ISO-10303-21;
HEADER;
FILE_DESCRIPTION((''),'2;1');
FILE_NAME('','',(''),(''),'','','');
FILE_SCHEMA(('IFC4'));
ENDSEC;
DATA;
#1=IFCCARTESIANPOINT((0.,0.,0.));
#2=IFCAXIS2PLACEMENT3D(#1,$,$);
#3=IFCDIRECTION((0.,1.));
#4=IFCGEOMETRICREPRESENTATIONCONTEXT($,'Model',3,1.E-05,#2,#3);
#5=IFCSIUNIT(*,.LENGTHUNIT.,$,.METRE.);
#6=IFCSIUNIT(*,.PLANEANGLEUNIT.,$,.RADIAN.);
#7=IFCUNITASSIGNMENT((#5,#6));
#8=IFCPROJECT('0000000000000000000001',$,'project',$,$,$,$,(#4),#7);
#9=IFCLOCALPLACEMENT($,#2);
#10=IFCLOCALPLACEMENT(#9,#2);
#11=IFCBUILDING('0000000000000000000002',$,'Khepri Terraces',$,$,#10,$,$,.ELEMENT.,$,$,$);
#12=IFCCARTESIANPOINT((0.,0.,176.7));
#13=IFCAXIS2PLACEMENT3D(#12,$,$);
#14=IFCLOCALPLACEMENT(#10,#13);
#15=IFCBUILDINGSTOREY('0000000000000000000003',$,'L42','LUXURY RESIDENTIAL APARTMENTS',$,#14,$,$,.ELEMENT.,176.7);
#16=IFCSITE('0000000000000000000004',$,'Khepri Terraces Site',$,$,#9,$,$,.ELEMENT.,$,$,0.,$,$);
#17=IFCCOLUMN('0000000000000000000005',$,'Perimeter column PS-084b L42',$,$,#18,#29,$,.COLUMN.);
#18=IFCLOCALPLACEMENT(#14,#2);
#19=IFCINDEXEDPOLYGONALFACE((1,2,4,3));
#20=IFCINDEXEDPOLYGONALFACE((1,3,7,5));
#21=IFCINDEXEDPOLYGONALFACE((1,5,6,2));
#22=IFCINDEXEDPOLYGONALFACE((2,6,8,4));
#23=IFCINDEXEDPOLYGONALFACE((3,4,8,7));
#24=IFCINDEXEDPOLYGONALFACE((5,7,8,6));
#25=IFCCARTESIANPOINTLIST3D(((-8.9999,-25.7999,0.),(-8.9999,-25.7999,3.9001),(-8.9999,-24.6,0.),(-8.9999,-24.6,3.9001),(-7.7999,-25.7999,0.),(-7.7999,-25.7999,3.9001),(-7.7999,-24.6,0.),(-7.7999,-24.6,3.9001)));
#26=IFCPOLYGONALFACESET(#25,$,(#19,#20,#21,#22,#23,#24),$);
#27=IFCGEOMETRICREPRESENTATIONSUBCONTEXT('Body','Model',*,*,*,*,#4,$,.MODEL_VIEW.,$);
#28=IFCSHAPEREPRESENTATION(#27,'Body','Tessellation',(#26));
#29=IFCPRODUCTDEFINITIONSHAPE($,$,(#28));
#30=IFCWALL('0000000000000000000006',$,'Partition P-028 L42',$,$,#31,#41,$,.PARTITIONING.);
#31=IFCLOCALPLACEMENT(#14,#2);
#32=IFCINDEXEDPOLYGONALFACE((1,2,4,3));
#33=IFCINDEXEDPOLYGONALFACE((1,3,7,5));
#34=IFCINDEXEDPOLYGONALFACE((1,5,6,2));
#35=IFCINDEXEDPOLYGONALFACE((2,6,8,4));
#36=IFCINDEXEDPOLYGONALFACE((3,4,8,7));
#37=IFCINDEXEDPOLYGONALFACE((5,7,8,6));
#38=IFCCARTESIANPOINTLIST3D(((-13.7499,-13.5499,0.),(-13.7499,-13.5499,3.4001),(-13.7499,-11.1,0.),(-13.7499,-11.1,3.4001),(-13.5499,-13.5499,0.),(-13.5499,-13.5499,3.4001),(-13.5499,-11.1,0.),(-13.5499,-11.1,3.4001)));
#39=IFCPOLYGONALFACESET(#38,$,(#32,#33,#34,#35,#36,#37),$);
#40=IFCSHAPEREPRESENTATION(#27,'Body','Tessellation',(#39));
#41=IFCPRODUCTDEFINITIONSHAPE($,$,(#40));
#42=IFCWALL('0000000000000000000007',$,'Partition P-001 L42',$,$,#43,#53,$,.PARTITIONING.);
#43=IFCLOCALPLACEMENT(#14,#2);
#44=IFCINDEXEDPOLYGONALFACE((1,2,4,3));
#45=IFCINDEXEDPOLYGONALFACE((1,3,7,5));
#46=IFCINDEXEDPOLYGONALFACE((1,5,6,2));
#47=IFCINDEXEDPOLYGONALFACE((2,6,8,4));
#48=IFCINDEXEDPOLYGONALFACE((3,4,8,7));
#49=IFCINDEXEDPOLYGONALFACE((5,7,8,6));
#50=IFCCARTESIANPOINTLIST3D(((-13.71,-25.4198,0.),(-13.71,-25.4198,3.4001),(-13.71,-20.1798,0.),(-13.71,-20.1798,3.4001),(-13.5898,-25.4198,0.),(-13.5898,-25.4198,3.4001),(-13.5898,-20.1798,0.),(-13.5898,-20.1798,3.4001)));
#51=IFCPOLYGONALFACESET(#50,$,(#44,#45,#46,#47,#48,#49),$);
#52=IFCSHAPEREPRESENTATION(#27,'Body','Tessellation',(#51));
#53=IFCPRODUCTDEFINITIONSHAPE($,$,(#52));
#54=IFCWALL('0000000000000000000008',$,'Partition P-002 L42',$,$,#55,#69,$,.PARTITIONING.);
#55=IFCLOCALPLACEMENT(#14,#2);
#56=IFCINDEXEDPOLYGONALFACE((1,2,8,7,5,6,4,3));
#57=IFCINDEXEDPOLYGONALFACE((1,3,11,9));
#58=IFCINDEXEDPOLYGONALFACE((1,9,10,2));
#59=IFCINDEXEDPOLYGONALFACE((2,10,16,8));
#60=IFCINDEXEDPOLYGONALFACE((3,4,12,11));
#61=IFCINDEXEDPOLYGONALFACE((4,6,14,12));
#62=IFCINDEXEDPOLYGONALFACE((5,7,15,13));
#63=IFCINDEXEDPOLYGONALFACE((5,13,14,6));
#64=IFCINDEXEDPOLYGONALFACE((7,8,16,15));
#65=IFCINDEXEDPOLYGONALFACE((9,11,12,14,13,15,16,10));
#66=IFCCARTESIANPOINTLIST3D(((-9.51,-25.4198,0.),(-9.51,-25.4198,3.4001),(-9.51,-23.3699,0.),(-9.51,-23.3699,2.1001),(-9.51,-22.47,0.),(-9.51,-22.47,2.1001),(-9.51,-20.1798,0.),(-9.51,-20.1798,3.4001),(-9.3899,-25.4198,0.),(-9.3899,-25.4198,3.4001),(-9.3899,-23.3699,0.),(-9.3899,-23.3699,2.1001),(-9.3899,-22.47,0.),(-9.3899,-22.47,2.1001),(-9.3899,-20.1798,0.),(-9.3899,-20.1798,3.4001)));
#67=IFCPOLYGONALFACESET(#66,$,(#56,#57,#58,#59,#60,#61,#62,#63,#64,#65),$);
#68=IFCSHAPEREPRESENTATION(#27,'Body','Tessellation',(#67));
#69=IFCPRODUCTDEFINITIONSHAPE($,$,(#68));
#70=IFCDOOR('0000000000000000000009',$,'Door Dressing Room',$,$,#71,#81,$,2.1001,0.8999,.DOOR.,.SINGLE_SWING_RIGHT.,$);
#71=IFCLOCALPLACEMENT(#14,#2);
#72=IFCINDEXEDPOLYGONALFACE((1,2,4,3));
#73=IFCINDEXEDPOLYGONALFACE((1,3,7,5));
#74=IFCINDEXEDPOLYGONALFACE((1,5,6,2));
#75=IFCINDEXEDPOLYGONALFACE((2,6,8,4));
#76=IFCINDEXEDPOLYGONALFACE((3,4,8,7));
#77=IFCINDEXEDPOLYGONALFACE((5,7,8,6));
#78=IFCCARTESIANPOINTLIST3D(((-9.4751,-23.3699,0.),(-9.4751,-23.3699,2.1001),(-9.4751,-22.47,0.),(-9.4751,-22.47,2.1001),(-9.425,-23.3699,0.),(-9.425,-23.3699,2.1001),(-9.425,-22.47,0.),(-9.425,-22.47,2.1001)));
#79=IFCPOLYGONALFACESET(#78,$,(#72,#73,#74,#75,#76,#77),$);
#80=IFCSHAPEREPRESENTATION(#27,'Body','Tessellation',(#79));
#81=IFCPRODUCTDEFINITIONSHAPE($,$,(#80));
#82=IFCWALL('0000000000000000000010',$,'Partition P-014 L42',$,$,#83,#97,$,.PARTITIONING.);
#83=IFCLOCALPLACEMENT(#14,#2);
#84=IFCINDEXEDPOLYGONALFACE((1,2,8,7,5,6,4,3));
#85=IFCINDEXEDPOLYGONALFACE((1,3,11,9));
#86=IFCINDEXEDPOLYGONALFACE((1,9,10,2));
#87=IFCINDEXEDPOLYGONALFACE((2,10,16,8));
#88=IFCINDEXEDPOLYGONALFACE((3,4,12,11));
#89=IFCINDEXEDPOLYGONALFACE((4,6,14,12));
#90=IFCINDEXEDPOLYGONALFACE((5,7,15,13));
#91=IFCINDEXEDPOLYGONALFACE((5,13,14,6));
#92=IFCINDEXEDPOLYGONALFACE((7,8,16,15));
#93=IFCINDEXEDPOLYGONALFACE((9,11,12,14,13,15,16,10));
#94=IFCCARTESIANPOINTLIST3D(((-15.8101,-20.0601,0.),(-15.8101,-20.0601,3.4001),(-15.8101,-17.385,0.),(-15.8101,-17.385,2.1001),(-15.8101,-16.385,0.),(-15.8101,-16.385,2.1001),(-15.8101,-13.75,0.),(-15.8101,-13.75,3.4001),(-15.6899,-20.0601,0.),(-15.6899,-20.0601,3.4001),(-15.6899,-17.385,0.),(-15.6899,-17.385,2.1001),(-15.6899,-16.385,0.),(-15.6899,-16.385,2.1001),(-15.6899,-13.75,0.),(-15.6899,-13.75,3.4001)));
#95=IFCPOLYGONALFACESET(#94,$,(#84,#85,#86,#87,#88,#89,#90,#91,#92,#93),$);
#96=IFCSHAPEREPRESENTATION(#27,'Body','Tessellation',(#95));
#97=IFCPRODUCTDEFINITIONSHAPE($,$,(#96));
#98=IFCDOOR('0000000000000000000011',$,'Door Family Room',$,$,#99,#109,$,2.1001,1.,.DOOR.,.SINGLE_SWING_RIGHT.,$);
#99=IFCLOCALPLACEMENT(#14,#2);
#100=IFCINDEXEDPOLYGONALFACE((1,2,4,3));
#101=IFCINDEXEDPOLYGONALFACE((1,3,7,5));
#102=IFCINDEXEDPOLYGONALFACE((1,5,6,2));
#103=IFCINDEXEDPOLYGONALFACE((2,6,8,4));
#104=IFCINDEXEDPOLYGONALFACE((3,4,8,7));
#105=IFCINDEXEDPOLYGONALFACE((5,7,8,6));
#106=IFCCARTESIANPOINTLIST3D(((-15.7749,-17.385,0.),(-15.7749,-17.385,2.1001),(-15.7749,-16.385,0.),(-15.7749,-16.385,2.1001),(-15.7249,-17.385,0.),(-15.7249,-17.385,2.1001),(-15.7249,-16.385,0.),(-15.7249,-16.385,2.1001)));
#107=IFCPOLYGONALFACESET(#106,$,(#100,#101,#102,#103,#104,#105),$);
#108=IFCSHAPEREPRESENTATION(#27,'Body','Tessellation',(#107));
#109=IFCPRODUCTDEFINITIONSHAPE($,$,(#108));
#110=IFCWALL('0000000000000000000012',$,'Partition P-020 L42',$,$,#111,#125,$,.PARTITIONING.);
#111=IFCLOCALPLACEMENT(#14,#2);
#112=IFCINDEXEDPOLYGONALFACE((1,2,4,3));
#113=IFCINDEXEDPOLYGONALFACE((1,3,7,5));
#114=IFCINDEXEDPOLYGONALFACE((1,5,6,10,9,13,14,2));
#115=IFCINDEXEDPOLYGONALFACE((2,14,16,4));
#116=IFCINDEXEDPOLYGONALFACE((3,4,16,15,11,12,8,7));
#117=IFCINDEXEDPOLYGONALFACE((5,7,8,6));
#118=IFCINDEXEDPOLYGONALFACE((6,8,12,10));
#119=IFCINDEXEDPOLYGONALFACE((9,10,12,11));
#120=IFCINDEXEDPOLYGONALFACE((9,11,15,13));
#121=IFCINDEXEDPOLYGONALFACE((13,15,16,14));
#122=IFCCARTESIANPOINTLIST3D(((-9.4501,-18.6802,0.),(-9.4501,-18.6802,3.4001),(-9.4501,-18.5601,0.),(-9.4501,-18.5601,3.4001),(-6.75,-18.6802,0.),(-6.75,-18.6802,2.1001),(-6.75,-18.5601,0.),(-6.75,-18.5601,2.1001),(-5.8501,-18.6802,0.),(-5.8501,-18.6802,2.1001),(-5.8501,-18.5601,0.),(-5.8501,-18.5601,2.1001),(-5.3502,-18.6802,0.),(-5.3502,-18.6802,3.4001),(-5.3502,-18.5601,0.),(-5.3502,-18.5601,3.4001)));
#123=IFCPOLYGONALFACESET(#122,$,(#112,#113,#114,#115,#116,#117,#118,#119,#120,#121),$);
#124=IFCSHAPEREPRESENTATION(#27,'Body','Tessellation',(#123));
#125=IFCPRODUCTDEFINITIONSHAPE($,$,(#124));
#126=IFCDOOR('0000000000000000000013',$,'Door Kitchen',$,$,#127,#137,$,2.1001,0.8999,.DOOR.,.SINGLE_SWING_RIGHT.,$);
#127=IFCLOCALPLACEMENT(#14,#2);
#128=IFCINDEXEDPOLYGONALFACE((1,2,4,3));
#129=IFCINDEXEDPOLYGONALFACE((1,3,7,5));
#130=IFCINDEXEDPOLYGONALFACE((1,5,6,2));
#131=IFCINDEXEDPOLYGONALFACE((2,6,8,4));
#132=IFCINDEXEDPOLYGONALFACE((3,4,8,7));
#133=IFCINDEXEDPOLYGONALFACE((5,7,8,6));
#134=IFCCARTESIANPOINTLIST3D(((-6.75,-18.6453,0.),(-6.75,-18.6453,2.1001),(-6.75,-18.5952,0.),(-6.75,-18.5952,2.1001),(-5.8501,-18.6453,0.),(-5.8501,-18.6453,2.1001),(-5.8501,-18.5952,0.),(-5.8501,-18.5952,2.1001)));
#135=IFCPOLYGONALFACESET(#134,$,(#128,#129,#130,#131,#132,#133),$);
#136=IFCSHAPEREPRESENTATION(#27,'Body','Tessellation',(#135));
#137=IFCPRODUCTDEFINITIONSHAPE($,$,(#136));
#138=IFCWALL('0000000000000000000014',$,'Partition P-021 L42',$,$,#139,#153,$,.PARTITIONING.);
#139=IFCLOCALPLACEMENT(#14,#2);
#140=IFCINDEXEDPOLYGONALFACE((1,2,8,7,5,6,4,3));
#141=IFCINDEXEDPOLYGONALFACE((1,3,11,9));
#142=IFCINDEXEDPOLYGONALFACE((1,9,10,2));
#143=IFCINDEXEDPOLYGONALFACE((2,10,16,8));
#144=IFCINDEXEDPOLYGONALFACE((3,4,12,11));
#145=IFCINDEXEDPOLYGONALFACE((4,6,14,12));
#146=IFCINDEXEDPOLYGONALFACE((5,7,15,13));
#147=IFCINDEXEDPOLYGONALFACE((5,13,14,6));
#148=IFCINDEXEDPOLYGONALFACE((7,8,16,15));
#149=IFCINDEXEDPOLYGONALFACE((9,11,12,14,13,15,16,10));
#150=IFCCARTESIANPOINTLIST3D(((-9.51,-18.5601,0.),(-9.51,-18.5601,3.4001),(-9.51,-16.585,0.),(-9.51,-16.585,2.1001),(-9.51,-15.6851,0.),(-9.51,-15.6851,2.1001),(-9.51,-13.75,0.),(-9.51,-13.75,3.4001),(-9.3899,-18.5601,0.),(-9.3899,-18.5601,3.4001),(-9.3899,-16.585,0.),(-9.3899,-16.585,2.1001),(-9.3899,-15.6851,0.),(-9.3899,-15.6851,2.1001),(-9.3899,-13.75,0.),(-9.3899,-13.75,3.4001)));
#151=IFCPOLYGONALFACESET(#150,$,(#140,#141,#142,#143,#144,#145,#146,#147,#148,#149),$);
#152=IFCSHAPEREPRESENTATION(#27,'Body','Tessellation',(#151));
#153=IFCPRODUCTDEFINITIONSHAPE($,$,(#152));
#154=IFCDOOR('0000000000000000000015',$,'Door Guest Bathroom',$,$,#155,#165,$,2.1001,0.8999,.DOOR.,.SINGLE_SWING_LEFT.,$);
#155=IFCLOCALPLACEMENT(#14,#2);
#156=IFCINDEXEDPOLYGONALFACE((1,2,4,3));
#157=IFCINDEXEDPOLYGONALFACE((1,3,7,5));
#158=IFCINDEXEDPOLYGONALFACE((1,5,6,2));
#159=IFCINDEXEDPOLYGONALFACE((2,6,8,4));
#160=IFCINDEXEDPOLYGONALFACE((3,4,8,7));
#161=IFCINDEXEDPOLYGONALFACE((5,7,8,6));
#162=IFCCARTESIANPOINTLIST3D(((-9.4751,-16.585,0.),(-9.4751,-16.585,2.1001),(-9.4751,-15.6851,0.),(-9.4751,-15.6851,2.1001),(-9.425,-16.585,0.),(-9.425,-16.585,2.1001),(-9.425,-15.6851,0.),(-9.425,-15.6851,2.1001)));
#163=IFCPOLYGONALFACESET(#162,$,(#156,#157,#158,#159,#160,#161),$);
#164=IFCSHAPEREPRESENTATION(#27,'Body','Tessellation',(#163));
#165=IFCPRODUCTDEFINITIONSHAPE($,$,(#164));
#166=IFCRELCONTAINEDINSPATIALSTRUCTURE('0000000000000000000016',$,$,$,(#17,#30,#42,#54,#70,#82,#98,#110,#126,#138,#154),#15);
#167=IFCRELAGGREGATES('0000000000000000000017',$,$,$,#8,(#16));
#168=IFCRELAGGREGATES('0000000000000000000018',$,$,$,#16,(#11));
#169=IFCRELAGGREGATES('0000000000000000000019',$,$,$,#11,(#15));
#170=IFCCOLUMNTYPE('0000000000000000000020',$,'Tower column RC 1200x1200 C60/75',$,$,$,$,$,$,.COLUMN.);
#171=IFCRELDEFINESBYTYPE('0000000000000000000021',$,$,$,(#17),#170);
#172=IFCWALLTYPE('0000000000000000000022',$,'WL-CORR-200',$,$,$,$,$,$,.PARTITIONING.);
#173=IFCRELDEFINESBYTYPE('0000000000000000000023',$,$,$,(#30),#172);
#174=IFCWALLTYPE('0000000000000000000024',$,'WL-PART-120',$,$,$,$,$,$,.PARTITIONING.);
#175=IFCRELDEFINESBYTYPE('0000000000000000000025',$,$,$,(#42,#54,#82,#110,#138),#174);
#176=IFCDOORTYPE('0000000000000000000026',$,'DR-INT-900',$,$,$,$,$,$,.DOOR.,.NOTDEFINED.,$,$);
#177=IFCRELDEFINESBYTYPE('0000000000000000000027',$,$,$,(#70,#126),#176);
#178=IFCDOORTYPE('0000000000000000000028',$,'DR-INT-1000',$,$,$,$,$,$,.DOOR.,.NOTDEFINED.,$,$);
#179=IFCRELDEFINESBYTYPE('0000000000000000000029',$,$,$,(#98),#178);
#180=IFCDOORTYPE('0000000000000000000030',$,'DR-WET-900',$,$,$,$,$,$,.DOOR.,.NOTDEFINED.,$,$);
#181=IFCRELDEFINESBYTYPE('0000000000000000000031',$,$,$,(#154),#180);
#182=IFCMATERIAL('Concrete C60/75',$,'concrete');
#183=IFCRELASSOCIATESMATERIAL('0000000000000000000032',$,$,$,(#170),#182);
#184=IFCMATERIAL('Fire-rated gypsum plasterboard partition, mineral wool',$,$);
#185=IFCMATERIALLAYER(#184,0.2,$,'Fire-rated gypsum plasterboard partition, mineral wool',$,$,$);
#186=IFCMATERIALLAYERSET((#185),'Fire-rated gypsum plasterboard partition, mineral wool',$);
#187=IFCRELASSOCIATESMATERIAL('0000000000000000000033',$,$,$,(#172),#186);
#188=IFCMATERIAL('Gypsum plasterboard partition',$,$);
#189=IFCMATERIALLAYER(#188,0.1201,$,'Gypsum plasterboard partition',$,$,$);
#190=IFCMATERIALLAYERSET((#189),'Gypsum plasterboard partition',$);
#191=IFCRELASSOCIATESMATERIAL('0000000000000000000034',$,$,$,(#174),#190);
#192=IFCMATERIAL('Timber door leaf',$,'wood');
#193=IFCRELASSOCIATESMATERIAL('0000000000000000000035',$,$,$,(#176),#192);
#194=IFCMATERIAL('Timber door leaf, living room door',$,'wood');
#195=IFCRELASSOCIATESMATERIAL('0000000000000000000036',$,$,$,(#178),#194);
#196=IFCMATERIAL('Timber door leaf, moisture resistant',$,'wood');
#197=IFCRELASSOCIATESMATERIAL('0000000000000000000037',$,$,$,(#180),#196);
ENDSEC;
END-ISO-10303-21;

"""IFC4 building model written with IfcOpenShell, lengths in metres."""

from ifc_helpers import new_model, si_unit, direction, frame, frame_2d, origin, origin_2d, place, context, subcontext, project, spatial, rectangle, extrude, material, layer, layer_set, material_profile, profile_set, type_object, element, fill, save


model = new_model("IFC4")

# Units and contexts
model_context = context("Model", 3, precision=1e-05, world=origin(), true_north=direction((0.0, 1.0)))
body_context = subcontext(model_context, "Body", "Model", "MODEL_VIEW")
ifc_project = project(units=[si_unit("LENGTHUNIT", "METRE"), si_unit("PLANEANGLEUNIT", "RADIAN")], contexts=[model_context])

# Site, building, storey
site_placement = place(None, origin())
site = spatial("IfcSite", under=ifc_project, at=site_placement, Name="Khepri Terraces Site", CompositionType="ELEMENT", RefElevation=0.0)
building_placement = place(site_placement, origin())
building = spatial("IfcBuilding", under=site, at=building_placement, Name="Khepri Terraces", CompositionType="ELEMENT")
storey_placement = place(building_placement, frame((0.0, 0.0, 176.7)))
storey = spatial("IfcBuildingStorey", under=building, at=storey_placement, Name="L42", Description="LUXURY RESIDENTIAL APARTMENTS", CompositionType="ELEMENT", Elevation=176.7)

# Column
ifc_material_1 = material(Name="Concrete C60/75", Category="concrete")
ifc_material_profile = material_profile(ifc_material_1, rectangle(XDim=1.2, YDim=1.2, at=origin_2d()), Name="Concrete C60/75", Category="concrete")
ifc_profile_set = profile_set([ifc_material_profile], Name="Concrete C60/75")
column_type = type_object("IfcColumnType", Name="Tower column RC 1200x1200 C60/75", PredefinedType="COLUMN", material=ifc_profile_set)
column_placement = place(storey_placement, frame((-8.3999, -25.2, 0.0), z_axis=(0.0, 0.0, 1.0), x_axis=(1.0, 0.0, 0.0)))
element("IfcColumn", 1, at=column_placement, inside=storey, type_object=column_type, Name="Perimeter column PS-084b L42", PredefinedType="COLUMN", context=body_context, shape_type="SweptSolid", body=[
    extrude(rectangle(XDim=1.2, YDim=1.2, at=origin_2d()), origin(), (0.0, 0.0, 1.0), 3.9001),
])

# Wall
ifc_material_2 = material(Name="Fire-rated gypsum plasterboard partition, mineral wool")
ifc_layer_1 = layer(ifc_material_2, 0.2, Name="Fire-rated gypsum plasterboard partition, mineral wool")
ifc_layer_set_1 = layer_set([ifc_layer_1], Name="Fire-rated gypsum plasterboard partition, mineral wool")
wall_type_1 = type_object("IfcWallType", Name="WL-CORR-200", PredefinedType="PARTITIONING", material=ifc_layer_set_1)
wall_1_placement = place(storey_placement, frame((-13.6499, -13.55, 0.0), z_axis=(0.0, 0.0, 1.0), x_axis=(0.0, 1.0, 0.0)))
element("IfcWall", 2, at=wall_1_placement, inside=storey, type_object=wall_type_1, Name="Partition P-028 L42", PredefinedType="PARTITIONING", context=body_context, shape_type="SweptSolid", body=[
    extrude(rectangle(XDim=2.45, YDim=0.2, at=frame_2d((1.2251, 0.0))), origin(), (0.0, 0.0, 1.0), 3.4001),
])

# Wall
ifc_material_3 = material(Name="Gypsum plasterboard partition")
ifc_layer_2 = layer(ifc_material_3, 0.1201, Name="Gypsum plasterboard partition")
ifc_layer_set_2 = layer_set([ifc_layer_2], Name="Gypsum plasterboard partition")
wall_type_2 = type_object("IfcWallType", Name="WL-PART-120", PredefinedType="PARTITIONING", material=ifc_layer_set_2)
wall_2_placement = place(storey_placement, frame((-13.6499, -25.4199, 0.0), z_axis=(0.0, 0.0, 1.0), x_axis=(0.0, 1.0, 0.0)))
element("IfcWall", 3, at=wall_2_placement, inside=storey, type_object=wall_type_2, Name="Partition P-001 L42", PredefinedType="PARTITIONING", context=body_context, shape_type="SweptSolid", body=[
    extrude(rectangle(XDim=5.24, YDim=0.1201, at=frame_2d((2.6201, 0.0))), origin(), (0.0, 0.0, 1.0), 3.4001),
])

# Walls, openings, doors
wall_3_placement = place(storey_placement, frame((-9.45, -25.4199, 0.0), z_axis=(0.0, 0.0, 1.0), x_axis=(0.0, 1.0, 0.0)))
wall_3 = element("IfcWall", 4, at=wall_3_placement, inside=storey, type_object=wall_type_2, Name="Partition P-002 L42", PredefinedType="PARTITIONING", context=body_context, shape_type="SweptSolid", body=[
    extrude(rectangle(XDim=5.24, YDim=0.1201, at=frame_2d((2.6201, 0.0))), origin(), (0.0, 0.0, 1.0), 3.4001),
])
opening_1_placement = place(wall_3_placement, frame((2.05, 0.0, 0.0)))
opening_1 = element("IfcOpeningElement", 5, at=opening_1_placement, cuts=wall_3, PredefinedType="OPENING", context=body_context, shape_type="SweptSolid", body=[
    extrude(rectangle(XDim=0.8999, YDim=2.1001, at=frame_2d((0.45, 1.05))), frame((0.0, 0.0701, 0.0), z_axis=(0.0, -1.0, 0.0), x_axis=(1.0, 0.0, 0.0)), (0.0, 0.0, 1.0), 0.1401),
])
ifc_material_4 = material(Name="Timber door leaf", Category="wood")
door_type_1 = type_object("IfcDoorType", Name="DR-INT-900", OperationType="NOTDEFINED", PredefinedType="DOOR", material=ifc_material_4)
door_1_placement = place(opening_1_placement, frame((0.8999, 0.0, 0.0), z_axis=(0.0, 0.0, 1.0), x_axis=(-1.0, 0.0, 0.0)))
door_1 = element("IfcDoor", 6, at=door_1_placement, inside=storey, type_object=door_type_1, Name="Door Dressing Room", OperationType="SINGLE_SWING_RIGHT", OverallHeight=2.1001, OverallWidth=0.8999, PredefinedType="DOOR", context=body_context, shape_type="SweptSolid", body=[
    extrude(rectangle(XDim=0.8999, YDim=2.1001, at=frame_2d((0.45, 1.05))), frame((0.0, 0.0249, 0.0), z_axis=(0.0, -1.0, 0.0), x_axis=(1.0, 0.0, 0.0)), (0.0, 0.0, 1.0), 0.05),
])
fill(opening_1, door_1)
wall_4_placement = place(storey_placement, frame((-15.75, -20.0601, 0.0), z_axis=(0.0, 0.0, 1.0), x_axis=(0.0, 1.0, 0.0)))
wall_4 = element("IfcWall", 7, at=wall_4_placement, inside=storey, type_object=wall_type_2, Name="Partition P-014 L42", PredefinedType="PARTITIONING", context=body_context, shape_type="SweptSolid", body=[
    extrude(rectangle(XDim=6.3101, YDim=0.1201, at=frame_2d((3.155, 0.0))), origin(), (0.0, 0.0, 1.0), 3.4001),
])
opening_2_placement = place(wall_4_placement, frame((2.675, 0.0, 0.0)))
opening_2 = element("IfcOpeningElement", 8, at=opening_2_placement, cuts=wall_4, PredefinedType="OPENING", context=body_context, shape_type="SweptSolid", body=[
    extrude(rectangle(XDim=1.0, YDim=2.1001, at=frame_2d((0.5, 1.05))), frame((0.0, 0.0701, 0.0), z_axis=(0.0, -1.0, 0.0), x_axis=(1.0, 0.0, 0.0)), (0.0, 0.0, 1.0), 0.1401),
])
ifc_material_5 = material(Name="Timber door leaf, living room door", Category="wood")
door_type_2 = type_object("IfcDoorType", Name="DR-INT-1000", OperationType="NOTDEFINED", PredefinedType="DOOR", material=ifc_material_5)
door_2_placement = place(opening_2_placement, origin())
door_2 = element("IfcDoor", 9, at=door_2_placement, inside=storey, type_object=door_type_2, Name="Door Family Room", OperationType="SINGLE_SWING_RIGHT", OverallHeight=2.1001, OverallWidth=1.0, PredefinedType="DOOR", context=body_context, shape_type="SweptSolid", body=[
    extrude(rectangle(XDim=1.0, YDim=2.1001, at=frame_2d((0.5, 1.05))), frame((0.0, 0.0249, 0.0), z_axis=(0.0, -1.0, 0.0), x_axis=(1.0, 0.0, 0.0)), (0.0, 0.0, 1.0), 0.05),
])
fill(opening_2, door_2)
wall_5_placement = place(storey_placement, frame((-9.45, -18.6201, 0.0), z_axis=(0.0, 0.0, 1.0), x_axis=(1.0, 0.0, 0.0)))
wall_5 = element("IfcWall", 10, at=wall_5_placement, inside=storey, type_object=wall_type_2, Name="Partition P-020 L42", PredefinedType="PARTITIONING", context=body_context, shape_type="SweptSolid", body=[
    extrude(rectangle(XDim=4.0999, YDim=0.1201, at=frame_2d((2.0498, 0.0))), origin(), (0.0, 0.0, 1.0), 3.4001),
])
opening_3_placement = place(wall_5_placement, frame((2.7, 0.0, 0.0)))
opening_3 = element("IfcOpeningElement", 11, at=opening_3_placement, cuts=wall_5, PredefinedType="OPENING", context=body_context, shape_type="SweptSolid", body=[
    extrude(rectangle(XDim=0.8999, YDim=2.1001, at=frame_2d((0.45, 1.05))), frame((0.0, 0.0701, 0.0), z_axis=(0.0, -1.0, 0.0), x_axis=(1.0, 0.0, 0.0)), (0.0, 0.0, 1.0), 0.1401),
])
door_3_placement = place(opening_3_placement, origin())
door_3 = element("IfcDoor", 12, at=door_3_placement, inside=storey, type_object=door_type_1, Name="Door Kitchen", OperationType="SINGLE_SWING_RIGHT", OverallHeight=2.1001, OverallWidth=0.8999, PredefinedType="DOOR", context=body_context, shape_type="SweptSolid", body=[
    extrude(rectangle(XDim=0.8999, YDim=2.1001, at=frame_2d((0.45, 1.05))), frame((0.0, 0.0249, 0.0), z_axis=(0.0, -1.0, 0.0), x_axis=(1.0, 0.0, 0.0)), (0.0, 0.0, 1.0), 0.05),
])
fill(opening_3, door_3)
wall_6_placement = place(storey_placement, frame((-9.45, -18.5601, 0.0), z_axis=(0.0, 0.0, 1.0), x_axis=(0.0, 1.0, 0.0)))
wall_6 = element("IfcWall", 13, at=wall_6_placement, inside=storey, type_object=wall_type_2, Name="Partition P-021 L42", PredefinedType="PARTITIONING", context=body_context, shape_type="SweptSolid", body=[
    extrude(rectangle(XDim=4.8101, YDim=0.1201, at=frame_2d((2.405, 0.0))), origin(), (0.0, 0.0, 1.0), 3.4001),
])
opening_4_placement = place(wall_6_placement, frame((1.9751, 0.0, 0.0)))
opening_4 = element("IfcOpeningElement", 14, at=opening_4_placement, cuts=wall_6, PredefinedType="OPENING", context=body_context, shape_type="SweptSolid", body=[
    extrude(rectangle(XDim=0.8999, YDim=2.1001, at=frame_2d((0.45, 1.05))), frame((0.0, 0.0701, 0.0), z_axis=(0.0, -1.0, 0.0), x_axis=(1.0, 0.0, 0.0)), (0.0, 0.0, 1.0), 0.1401),
])
ifc_material_6 = material(Name="Timber door leaf, moisture resistant", Category="wood")
door_type_3 = type_object("IfcDoorType", Name="DR-WET-900", OperationType="NOTDEFINED", PredefinedType="DOOR", material=ifc_material_6)
door_4_placement = place(opening_4_placement, frame((0.8999, 0.0, 0.0), z_axis=(0.0, 0.0, 1.0), x_axis=(-1.0, 0.0, 0.0)))
door_4 = element("IfcDoor", 15, at=door_4_placement, inside=storey, type_object=door_type_3, Name="Door Guest Bathroom", OperationType="SINGLE_SWING_LEFT", OverallHeight=2.1001, OverallWidth=0.8999, PredefinedType="DOOR", context=body_context, shape_type="SweptSolid", body=[
    extrude(rectangle(XDim=0.8999, YDim=2.1001, at=frame_2d((0.45, 1.05))), frame((0.0, 0.0249, 0.0), z_axis=(0.0, -1.0, 0.0), x_axis=(1.0, 0.0, 0.0)), (0.0, 0.0, 1.0), 0.05),
])
fill(opening_4, door_4)

save(model, "model.ifc")
